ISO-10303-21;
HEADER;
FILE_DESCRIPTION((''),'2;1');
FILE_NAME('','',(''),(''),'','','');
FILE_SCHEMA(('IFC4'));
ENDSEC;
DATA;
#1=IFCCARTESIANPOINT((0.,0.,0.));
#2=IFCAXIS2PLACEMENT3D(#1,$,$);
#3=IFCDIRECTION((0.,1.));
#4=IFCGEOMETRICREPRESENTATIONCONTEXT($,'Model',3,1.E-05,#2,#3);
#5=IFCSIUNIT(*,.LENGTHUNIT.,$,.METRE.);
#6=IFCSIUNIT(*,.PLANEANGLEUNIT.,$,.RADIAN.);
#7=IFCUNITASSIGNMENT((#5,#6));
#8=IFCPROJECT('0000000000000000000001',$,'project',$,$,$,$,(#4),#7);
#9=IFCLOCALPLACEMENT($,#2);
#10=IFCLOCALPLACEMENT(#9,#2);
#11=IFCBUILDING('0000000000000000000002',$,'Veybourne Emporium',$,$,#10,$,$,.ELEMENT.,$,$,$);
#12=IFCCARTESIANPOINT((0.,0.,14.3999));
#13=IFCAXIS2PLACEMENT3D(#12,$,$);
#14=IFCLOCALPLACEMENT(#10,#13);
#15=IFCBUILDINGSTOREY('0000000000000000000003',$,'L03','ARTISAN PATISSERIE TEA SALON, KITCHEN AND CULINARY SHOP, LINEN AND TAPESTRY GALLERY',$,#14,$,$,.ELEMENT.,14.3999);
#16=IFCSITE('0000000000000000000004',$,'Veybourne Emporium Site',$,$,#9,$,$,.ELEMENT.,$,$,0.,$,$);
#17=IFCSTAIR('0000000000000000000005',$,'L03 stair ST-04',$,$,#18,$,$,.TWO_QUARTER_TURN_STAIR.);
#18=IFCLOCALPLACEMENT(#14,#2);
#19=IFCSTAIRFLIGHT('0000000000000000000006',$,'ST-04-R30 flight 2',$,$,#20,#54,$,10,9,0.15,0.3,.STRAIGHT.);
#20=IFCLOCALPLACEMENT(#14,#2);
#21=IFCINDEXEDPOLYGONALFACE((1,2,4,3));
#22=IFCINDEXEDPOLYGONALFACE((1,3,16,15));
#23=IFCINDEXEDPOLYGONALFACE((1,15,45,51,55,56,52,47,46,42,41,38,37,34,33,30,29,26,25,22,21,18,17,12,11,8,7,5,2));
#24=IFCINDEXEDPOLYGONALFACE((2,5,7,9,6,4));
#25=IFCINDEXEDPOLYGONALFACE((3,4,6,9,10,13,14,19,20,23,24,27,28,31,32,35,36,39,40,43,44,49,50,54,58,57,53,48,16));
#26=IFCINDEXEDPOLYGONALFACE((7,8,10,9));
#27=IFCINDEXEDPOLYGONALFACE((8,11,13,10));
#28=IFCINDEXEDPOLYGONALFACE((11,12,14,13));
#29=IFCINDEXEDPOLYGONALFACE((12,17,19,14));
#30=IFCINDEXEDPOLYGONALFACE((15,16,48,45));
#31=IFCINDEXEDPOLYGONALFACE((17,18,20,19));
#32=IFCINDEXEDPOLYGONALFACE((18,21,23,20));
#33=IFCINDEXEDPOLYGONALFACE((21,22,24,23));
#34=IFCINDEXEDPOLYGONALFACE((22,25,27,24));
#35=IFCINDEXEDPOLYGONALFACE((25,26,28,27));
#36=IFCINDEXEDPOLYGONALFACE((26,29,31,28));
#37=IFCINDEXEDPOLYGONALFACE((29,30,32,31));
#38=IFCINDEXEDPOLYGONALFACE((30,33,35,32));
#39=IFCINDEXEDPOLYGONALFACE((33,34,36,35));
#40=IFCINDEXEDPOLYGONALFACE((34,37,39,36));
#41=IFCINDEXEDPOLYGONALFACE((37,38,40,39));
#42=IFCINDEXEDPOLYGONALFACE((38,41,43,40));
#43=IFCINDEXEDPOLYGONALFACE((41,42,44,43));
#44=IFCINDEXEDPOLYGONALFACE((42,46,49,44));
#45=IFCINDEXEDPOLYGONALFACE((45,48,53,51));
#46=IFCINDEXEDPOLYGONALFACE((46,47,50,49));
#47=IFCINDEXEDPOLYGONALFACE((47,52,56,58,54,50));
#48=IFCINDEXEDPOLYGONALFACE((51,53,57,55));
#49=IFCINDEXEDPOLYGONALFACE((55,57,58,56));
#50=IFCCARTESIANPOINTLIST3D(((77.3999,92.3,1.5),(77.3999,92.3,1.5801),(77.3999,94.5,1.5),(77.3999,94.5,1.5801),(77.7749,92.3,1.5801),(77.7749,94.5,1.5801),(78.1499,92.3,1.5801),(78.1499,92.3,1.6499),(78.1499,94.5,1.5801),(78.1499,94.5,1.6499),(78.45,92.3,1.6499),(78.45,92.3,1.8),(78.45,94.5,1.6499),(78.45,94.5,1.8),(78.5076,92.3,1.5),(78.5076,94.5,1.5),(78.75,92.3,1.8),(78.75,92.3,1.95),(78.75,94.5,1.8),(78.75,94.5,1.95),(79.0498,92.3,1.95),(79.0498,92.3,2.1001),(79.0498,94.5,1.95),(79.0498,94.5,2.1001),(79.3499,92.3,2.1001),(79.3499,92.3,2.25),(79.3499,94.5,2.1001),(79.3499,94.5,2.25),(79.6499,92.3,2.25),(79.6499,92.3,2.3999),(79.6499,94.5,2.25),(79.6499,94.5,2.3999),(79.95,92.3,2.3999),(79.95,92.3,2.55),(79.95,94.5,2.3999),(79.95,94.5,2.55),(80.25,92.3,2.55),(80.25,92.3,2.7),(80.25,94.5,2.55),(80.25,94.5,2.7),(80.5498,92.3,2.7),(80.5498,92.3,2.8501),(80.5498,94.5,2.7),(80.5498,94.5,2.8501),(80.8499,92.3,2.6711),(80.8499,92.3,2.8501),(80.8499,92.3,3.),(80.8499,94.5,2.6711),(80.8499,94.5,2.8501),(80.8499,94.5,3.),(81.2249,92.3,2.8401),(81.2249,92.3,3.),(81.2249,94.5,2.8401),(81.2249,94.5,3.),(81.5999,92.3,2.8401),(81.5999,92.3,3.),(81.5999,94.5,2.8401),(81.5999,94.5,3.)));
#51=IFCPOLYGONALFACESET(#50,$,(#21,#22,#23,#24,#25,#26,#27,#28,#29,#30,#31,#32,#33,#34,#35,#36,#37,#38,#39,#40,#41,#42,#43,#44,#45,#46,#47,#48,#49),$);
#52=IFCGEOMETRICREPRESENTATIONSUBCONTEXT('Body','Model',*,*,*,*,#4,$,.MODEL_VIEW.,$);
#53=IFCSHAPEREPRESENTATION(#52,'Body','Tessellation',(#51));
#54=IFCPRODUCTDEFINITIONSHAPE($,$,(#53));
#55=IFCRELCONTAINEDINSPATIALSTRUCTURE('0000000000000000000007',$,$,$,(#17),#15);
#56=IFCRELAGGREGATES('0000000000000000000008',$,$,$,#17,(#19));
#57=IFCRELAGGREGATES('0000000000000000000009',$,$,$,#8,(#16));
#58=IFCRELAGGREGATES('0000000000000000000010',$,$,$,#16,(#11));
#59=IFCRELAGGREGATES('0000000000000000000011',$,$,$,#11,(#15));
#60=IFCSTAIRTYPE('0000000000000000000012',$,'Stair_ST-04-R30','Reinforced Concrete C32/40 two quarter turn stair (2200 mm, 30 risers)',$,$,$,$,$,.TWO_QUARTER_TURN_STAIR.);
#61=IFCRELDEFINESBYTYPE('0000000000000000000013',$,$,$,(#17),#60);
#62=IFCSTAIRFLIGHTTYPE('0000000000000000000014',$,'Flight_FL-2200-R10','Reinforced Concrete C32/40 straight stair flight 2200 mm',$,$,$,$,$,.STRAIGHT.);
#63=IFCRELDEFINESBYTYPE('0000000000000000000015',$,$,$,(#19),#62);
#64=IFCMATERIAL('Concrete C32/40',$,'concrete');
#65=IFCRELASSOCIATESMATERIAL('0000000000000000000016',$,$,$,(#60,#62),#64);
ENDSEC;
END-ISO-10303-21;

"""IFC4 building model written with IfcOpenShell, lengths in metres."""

from ifc_helpers import new_model, si_unit, direction, frame, origin, place, context, subcontext, project, spatial, polyline, outline, extrude, material, type_object, element, aggregate, save


model = new_model("IFC4")

# Units and contexts
model_context = context("Model", 3, precision=1e-05, world=origin(), true_north=direction((0.0, 1.0)))
body_context = subcontext(model_context, "Body", "Model", "MODEL_VIEW")
ifc_project = project(units=[si_unit("LENGTHUNIT", "METRE"), si_unit("PLANEANGLEUNIT", "RADIAN")], contexts=[model_context])

# Site, building, storey
site_placement = place(None, origin())
site = spatial("IfcSite", under=ifc_project, at=site_placement, Name="Veybourne Emporium Site", CompositionType="ELEMENT", RefElevation=0.0)
building_placement = place(site_placement, origin())
building = spatial("IfcBuilding", under=site, at=building_placement, Name="Veybourne Emporium", CompositionType="ELEMENT")
storey_placement = place(building_placement, frame((0.0, 0.0, 14.3999)))
storey = spatial("IfcBuildingStorey", under=building, at=storey_placement, Name="L03", Description="ARTISAN PATISSERIE TEA SALON, KITCHEN AND CULINARY SHOP, LINEN AND TAPESTRY GALLERY", CompositionType="ELEMENT", Elevation=14.3999)

# Shared definitions
ifc_material_1 = material(Name="Concrete C32/40", Category="concrete")

# Stair, stair flight
stair_type = type_object("IfcStairType", Name="Stair_ST-04-R30", Description="Reinforced Concrete C32/40 two quarter turn stair (2200 mm, 30 risers)", PredefinedType="TWO_QUARTER_TURN_STAIR", material=ifc_material_1)
stair_placement = place(storey_placement, origin())
stair = element("IfcStair", 1, at=stair_placement, inside=storey, type_object=stair_type, Name="L03 stair ST-04", PredefinedType="TWO_QUARTER_TURN_STAIR")
stair_flight_type = type_object("IfcStairFlightType", Name="Flight_FL-2200-R10", Description="Reinforced Concrete C32/40 straight stair flight 2200 mm", PredefinedType="STRAIGHT", material=ifc_material_1)
stair_flight_1_placement = place(storey_placement, frame((78.1499, 93.3999, 1.5), z_axis=(0.0, 0.0, 1.0), x_axis=(1.0, 0.0, 0.0)))
stair_flight_1 = element("IfcStairFlight", 2, at=stair_flight_1_placement, type_object=stair_flight_type, Name="ST-04-R30 flight 2", NumberOfRisers=10, NumberOfTreads=9, PredefinedType="STRAIGHT", RiserHeight=0.15, TreadLength=0.3, context=body_context, shape_type="SweptSolid", body=[
    extrude(outline(polyline([(-0.75, 0.0), (-0.75, 0.0801), (-0.375, 0.0801), (0.0, 0.0801), (0.0, 0.1499), (0.3, 0.1499), (0.3, 0.3), (0.6001, 0.3), (0.6001, 0.45), (0.8999, 0.45), (0.8999, 0.6001), (1.2, 0.6001), (1.2, 0.75), (1.5, 0.75), (1.5, 0.8999), (1.8, 0.8999), (1.8, 1.05), (2.1001, 1.05), (2.1001, 1.2), (2.3999, 1.2), (2.3999, 1.3501), (2.7, 1.3501), (2.7, 1.5), (3.075, 1.5), (3.45, 1.5), (3.45, 1.3401), (3.075, 1.3401), (2.7, 1.1711), (0.3577, 0.0), (-0.75, 0.0)])), frame((0.0, 1.1001, 0.0), z_axis=(0.0, -1.0, 0.0), x_axis=(1.0, 0.0, 0.0)), (0.0, 0.0, 1.0), 2.2),
])
aggregate(stair, [stair_flight_1])

save(model, "model.ifc")
